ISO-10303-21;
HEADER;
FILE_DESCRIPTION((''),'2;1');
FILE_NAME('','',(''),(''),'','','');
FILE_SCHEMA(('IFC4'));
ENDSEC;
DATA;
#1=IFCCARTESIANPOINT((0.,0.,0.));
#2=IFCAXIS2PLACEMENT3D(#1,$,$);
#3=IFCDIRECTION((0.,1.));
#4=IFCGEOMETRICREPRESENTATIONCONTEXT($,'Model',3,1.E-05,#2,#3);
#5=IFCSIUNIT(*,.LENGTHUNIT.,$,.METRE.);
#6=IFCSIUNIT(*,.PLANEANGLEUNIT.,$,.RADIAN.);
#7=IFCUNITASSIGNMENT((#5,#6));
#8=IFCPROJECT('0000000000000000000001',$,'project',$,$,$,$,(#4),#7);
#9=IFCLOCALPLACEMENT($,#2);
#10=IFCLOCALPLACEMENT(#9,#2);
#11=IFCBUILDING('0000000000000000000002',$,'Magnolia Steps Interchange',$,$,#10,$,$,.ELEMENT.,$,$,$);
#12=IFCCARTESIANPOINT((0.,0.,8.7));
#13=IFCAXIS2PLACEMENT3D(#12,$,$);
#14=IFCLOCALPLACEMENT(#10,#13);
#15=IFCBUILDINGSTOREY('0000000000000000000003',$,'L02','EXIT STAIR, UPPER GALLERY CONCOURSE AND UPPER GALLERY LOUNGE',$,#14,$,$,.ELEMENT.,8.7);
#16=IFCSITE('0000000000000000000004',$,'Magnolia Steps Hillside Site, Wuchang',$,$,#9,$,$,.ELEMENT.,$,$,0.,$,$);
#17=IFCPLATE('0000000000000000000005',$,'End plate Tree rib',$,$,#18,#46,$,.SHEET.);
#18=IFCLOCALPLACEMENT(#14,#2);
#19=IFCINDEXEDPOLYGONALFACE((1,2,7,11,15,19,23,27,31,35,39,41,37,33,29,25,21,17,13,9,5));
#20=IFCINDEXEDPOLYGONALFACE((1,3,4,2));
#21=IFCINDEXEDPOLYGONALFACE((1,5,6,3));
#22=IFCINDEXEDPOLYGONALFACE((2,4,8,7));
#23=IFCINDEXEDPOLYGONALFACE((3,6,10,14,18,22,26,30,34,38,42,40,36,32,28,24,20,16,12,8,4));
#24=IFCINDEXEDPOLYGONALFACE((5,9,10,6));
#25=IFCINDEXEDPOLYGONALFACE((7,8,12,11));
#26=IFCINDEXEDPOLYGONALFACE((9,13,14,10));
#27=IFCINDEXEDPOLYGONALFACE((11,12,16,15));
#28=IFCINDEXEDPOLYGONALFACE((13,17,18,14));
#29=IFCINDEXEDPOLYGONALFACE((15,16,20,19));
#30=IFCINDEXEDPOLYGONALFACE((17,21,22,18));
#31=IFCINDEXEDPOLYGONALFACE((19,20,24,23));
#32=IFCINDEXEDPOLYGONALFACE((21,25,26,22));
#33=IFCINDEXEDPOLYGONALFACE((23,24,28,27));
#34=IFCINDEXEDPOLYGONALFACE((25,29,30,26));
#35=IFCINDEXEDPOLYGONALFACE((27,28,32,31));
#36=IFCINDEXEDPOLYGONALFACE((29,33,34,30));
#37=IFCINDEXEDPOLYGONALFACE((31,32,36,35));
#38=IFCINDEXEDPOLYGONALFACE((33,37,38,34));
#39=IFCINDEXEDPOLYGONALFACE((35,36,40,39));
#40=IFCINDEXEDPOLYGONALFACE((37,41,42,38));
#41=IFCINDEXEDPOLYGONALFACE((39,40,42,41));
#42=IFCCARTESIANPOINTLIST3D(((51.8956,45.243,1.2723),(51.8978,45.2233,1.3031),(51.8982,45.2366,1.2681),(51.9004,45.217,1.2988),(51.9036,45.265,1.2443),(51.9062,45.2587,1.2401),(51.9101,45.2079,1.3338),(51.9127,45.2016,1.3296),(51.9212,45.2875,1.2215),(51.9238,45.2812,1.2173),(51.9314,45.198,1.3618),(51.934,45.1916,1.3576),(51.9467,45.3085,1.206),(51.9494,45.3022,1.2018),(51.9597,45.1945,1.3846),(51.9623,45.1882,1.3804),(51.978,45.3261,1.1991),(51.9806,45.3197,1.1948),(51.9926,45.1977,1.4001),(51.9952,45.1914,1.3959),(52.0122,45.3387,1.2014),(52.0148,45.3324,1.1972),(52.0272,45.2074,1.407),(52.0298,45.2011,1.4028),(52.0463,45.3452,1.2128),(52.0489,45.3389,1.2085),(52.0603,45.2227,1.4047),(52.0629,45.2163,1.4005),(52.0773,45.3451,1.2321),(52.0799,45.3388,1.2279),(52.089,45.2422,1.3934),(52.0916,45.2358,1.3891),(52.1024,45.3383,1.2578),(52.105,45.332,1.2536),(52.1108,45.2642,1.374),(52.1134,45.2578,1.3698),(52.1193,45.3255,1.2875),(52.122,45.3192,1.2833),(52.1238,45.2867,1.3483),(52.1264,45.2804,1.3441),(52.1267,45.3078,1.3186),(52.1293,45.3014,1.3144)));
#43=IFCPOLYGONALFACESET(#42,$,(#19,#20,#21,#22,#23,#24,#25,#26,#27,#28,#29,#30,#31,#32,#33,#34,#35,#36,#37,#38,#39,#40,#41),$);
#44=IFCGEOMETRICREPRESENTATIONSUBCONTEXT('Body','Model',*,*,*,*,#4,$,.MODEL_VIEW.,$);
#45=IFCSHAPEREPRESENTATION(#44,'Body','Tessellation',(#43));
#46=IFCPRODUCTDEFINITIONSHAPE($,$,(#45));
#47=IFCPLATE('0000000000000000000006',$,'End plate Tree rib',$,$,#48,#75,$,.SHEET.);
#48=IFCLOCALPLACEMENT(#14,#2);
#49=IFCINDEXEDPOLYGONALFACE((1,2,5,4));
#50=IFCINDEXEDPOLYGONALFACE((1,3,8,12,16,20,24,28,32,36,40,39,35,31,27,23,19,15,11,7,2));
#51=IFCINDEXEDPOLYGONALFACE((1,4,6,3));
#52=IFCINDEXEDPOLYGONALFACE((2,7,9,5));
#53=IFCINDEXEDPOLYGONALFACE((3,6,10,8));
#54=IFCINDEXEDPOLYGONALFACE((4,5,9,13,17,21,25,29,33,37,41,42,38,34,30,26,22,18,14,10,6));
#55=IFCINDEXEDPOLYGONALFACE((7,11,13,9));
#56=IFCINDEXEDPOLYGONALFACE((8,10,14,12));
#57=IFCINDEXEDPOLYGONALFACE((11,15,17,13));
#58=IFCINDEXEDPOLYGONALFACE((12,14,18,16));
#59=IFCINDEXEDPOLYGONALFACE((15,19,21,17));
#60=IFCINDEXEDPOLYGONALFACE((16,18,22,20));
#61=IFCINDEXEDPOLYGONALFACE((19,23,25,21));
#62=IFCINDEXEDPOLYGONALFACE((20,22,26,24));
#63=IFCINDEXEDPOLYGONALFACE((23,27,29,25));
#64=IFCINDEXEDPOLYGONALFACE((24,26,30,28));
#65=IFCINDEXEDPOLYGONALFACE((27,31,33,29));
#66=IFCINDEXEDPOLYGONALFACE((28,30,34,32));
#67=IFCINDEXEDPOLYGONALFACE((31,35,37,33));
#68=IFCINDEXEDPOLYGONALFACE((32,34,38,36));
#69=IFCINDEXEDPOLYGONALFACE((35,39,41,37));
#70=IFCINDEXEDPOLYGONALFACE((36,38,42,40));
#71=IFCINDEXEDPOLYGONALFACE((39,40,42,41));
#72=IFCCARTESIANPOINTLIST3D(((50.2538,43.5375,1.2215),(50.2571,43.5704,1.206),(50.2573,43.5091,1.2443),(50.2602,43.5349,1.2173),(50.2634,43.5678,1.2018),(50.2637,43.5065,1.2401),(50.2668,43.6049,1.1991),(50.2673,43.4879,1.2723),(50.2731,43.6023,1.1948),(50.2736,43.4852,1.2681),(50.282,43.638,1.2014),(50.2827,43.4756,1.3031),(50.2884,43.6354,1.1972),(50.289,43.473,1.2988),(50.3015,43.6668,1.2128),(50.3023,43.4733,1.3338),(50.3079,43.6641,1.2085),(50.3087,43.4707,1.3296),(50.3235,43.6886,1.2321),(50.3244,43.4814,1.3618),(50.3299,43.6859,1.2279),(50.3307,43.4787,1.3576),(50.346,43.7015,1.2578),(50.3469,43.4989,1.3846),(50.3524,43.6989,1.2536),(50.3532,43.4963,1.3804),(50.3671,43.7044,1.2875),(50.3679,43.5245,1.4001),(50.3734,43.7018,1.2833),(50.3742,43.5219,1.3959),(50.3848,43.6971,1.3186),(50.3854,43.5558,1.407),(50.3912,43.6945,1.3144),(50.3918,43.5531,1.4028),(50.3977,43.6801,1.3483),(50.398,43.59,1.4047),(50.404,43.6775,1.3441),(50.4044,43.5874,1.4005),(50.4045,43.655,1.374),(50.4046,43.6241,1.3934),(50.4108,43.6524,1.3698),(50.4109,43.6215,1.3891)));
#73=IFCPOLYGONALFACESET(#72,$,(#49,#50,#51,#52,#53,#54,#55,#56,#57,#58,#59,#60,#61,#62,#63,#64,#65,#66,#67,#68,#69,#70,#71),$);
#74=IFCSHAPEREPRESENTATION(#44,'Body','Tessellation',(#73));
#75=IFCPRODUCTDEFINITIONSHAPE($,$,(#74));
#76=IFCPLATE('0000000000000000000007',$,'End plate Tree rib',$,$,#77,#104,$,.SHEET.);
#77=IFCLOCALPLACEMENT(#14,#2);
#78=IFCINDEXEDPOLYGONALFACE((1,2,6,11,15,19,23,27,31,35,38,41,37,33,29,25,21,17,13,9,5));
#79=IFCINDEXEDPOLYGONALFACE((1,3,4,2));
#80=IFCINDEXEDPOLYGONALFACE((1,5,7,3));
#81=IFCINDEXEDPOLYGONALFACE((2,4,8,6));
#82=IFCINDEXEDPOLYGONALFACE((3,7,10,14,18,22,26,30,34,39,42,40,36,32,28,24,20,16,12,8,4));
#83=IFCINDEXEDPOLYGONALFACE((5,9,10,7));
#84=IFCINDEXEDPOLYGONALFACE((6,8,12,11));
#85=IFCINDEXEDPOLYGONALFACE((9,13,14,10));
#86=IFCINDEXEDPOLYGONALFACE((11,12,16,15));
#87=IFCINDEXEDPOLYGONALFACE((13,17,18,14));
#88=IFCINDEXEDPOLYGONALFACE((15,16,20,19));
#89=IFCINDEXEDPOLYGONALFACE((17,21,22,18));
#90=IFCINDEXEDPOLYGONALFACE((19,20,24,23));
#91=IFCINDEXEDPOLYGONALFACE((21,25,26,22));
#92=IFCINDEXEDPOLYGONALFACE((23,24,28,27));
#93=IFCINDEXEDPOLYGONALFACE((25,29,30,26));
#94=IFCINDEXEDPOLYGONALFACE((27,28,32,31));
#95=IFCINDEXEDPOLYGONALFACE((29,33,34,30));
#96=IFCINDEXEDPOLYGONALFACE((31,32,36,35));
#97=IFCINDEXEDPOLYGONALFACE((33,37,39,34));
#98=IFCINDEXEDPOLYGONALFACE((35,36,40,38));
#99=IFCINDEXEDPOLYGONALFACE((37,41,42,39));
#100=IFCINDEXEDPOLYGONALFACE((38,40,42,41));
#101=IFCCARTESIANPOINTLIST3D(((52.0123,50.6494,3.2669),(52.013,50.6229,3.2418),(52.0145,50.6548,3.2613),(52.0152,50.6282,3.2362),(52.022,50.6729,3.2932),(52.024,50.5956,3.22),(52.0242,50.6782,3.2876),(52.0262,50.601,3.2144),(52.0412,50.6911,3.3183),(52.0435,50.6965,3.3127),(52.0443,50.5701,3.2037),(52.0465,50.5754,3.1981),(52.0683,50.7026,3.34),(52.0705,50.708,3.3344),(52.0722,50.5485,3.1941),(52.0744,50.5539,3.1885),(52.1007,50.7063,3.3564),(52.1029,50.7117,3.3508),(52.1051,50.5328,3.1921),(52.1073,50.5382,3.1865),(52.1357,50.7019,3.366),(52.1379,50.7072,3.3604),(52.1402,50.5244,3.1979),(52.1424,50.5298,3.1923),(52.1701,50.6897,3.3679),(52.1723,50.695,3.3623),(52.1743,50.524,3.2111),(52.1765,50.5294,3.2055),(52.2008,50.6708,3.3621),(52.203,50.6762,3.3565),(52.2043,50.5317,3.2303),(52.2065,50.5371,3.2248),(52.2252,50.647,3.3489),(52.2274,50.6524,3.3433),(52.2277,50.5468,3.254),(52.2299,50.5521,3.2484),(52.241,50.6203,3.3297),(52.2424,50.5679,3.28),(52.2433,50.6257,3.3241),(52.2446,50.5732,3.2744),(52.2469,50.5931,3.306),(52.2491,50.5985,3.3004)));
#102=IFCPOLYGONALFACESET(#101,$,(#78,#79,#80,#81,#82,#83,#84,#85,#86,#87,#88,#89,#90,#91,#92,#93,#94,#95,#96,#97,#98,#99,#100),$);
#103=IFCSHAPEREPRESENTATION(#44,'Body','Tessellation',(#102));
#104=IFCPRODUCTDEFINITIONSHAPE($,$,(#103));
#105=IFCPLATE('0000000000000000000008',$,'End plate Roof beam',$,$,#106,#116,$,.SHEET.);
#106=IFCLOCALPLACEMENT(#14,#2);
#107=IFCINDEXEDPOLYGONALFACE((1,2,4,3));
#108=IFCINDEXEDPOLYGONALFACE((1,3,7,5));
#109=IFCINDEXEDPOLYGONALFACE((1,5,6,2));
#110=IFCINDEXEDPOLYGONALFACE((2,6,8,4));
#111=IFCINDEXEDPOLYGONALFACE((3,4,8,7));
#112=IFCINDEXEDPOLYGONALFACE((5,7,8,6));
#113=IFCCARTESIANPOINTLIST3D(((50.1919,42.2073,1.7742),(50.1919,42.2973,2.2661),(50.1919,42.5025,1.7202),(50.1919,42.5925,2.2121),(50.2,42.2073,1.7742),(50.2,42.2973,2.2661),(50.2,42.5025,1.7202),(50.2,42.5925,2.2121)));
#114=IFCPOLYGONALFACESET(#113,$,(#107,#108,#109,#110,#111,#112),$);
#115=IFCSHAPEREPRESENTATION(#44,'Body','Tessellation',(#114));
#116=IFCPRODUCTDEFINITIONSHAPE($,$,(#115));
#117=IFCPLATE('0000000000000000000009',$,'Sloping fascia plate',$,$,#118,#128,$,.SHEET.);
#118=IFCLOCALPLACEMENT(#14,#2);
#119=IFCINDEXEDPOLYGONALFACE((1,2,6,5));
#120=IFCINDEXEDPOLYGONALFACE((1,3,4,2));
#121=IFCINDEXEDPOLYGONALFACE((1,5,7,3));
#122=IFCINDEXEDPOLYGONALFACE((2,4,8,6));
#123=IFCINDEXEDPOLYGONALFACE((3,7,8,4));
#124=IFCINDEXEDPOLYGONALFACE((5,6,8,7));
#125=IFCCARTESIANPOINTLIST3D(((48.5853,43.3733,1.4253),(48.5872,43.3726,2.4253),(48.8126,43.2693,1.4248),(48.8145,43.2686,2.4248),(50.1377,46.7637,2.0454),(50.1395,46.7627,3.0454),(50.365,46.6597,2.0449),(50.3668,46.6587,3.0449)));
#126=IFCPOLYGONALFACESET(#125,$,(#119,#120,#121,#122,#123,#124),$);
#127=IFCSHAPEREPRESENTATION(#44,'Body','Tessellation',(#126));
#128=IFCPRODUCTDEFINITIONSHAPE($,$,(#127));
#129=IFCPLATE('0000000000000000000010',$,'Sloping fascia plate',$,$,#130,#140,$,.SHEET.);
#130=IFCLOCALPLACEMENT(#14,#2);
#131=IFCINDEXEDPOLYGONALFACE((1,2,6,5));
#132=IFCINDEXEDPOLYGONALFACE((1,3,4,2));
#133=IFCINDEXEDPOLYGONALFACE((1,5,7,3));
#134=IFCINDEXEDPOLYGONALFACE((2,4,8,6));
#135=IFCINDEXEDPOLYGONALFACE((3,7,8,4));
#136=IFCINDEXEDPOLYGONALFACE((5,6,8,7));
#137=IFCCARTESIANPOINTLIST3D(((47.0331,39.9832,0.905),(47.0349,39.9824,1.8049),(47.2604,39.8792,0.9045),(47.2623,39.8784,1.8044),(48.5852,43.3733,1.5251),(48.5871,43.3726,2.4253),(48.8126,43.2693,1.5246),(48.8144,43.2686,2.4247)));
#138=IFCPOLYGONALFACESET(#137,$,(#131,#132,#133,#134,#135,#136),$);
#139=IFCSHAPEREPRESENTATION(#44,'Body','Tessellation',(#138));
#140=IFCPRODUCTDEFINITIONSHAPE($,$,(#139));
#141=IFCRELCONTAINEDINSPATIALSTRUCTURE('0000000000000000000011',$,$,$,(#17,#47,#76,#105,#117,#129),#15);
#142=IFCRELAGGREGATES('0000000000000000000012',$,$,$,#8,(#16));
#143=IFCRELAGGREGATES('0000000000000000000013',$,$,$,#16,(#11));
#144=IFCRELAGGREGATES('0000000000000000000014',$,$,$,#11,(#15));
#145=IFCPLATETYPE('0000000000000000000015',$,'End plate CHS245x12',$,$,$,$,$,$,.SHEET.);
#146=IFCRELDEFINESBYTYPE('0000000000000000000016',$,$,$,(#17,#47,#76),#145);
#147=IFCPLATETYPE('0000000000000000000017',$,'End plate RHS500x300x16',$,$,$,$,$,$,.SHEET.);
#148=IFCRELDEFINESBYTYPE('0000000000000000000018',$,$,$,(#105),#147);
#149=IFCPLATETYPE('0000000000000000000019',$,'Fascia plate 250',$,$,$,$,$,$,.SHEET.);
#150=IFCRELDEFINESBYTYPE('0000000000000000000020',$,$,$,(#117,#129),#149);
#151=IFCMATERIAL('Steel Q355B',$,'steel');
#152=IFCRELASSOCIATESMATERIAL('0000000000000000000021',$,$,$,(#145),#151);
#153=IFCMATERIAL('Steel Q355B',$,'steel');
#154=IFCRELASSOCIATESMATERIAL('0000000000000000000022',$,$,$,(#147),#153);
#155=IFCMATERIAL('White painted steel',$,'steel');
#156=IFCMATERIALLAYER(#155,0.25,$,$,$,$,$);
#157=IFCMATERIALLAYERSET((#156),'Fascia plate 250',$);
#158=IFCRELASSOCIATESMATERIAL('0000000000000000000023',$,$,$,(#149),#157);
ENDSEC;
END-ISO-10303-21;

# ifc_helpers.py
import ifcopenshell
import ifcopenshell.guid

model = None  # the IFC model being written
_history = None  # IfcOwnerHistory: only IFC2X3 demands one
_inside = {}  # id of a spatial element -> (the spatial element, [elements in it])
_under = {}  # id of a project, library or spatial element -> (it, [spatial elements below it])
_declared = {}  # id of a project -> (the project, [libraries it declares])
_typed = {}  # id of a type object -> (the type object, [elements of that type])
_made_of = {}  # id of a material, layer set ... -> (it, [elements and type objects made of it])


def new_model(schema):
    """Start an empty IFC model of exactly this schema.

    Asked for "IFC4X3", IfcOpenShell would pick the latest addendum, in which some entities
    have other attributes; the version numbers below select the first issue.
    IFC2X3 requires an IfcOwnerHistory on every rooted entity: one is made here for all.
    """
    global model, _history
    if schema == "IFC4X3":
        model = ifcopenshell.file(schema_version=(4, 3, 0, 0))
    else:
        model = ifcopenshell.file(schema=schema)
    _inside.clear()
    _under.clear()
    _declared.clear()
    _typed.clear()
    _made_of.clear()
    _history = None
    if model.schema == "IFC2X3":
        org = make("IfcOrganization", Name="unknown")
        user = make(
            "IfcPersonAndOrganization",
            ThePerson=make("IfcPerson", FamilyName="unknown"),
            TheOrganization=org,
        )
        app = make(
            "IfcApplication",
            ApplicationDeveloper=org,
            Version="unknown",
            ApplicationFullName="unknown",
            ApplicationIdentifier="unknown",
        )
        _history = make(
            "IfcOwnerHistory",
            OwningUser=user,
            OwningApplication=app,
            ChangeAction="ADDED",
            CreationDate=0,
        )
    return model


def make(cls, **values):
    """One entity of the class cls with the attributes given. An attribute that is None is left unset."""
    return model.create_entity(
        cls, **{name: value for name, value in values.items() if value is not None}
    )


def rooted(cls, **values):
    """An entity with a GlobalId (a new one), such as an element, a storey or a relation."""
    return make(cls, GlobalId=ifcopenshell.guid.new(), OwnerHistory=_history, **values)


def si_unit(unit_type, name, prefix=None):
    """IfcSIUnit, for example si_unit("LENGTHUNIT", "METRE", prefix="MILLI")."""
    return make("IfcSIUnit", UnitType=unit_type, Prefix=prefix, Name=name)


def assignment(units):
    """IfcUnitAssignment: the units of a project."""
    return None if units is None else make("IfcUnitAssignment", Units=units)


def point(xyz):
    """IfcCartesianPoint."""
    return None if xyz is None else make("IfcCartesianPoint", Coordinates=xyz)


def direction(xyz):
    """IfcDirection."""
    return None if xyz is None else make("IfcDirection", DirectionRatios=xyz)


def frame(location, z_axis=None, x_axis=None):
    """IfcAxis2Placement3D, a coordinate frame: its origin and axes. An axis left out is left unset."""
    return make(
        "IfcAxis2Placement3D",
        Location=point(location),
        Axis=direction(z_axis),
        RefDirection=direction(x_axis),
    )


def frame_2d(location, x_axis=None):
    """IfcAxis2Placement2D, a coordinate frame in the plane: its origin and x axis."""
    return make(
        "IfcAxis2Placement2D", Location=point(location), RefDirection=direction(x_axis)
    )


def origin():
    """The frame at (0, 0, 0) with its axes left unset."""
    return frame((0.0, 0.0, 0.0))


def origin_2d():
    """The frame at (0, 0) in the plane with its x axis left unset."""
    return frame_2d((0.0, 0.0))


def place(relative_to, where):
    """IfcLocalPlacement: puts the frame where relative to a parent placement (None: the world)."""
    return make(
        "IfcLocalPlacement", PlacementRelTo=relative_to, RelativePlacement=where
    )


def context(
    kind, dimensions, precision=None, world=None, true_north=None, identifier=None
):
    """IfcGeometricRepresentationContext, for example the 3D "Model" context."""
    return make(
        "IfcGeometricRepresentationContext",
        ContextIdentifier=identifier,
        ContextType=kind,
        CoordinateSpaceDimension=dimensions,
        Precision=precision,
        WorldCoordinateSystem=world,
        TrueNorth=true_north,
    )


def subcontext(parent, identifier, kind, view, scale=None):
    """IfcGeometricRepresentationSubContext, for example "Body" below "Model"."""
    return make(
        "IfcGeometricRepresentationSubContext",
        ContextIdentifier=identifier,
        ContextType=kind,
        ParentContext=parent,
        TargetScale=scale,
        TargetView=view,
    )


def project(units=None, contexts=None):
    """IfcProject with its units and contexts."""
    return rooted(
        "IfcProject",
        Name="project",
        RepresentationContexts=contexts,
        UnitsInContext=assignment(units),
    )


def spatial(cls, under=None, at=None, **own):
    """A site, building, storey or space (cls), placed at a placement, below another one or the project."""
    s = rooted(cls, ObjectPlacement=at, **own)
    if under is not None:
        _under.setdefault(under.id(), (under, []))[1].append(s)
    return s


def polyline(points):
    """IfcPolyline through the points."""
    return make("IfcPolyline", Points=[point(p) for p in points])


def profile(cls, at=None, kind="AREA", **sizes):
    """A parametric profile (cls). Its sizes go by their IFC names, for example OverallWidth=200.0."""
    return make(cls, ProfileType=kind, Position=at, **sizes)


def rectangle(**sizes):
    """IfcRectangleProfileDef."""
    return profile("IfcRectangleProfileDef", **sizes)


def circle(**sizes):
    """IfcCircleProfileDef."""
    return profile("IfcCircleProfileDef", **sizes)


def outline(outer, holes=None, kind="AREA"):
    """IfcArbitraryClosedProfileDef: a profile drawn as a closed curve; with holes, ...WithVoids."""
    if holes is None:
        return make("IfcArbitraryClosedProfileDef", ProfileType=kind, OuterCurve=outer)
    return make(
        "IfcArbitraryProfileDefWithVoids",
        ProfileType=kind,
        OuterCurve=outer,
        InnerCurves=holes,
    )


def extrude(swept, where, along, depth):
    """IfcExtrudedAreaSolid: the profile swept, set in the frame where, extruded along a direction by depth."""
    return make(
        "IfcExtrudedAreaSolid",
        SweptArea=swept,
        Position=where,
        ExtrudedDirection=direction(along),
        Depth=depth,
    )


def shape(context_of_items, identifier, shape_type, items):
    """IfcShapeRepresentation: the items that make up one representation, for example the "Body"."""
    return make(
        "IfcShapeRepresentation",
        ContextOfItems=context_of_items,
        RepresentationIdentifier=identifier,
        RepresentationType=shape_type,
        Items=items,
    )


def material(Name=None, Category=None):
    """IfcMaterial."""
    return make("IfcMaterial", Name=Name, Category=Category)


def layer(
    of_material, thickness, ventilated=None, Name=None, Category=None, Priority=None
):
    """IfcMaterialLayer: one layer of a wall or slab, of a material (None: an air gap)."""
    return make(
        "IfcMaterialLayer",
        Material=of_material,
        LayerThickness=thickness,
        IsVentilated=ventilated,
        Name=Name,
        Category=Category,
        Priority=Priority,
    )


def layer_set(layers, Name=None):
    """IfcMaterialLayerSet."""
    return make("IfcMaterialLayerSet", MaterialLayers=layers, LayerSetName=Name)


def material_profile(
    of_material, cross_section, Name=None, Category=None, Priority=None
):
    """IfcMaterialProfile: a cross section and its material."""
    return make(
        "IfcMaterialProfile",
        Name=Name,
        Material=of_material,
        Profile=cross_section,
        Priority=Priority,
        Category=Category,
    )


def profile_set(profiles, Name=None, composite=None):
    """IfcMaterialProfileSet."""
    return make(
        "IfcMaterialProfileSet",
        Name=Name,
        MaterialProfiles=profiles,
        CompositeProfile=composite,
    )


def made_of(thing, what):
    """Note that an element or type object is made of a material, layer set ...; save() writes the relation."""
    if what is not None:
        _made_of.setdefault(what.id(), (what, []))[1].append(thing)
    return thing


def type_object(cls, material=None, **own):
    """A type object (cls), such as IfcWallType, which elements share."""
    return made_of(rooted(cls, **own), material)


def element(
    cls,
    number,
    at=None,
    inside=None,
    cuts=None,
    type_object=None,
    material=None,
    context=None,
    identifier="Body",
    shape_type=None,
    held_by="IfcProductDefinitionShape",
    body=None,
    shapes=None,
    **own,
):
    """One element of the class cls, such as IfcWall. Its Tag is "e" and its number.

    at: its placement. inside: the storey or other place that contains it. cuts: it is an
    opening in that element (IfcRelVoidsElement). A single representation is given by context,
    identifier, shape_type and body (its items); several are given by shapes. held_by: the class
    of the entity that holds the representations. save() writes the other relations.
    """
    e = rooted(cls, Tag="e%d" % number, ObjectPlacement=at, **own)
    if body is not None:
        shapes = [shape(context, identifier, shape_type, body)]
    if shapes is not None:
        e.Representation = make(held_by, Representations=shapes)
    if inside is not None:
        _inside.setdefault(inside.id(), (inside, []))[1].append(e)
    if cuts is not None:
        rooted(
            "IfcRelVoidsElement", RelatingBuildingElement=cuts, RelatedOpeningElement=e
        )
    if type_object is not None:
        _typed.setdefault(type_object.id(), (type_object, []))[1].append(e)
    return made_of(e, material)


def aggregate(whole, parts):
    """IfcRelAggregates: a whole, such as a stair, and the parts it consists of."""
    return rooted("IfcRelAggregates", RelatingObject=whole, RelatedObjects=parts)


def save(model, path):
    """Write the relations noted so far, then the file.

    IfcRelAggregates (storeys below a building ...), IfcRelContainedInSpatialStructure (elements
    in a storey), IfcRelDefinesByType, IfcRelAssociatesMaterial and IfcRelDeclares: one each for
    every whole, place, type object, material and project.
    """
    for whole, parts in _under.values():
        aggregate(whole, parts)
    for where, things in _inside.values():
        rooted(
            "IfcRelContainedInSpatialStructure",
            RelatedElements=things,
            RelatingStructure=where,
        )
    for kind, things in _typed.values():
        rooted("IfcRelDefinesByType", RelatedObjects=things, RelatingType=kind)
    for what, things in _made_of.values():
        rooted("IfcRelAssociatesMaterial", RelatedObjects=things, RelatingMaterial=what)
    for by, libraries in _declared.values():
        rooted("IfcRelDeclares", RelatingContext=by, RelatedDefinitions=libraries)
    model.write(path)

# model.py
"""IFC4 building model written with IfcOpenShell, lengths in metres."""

from ifc_helpers import new_model, si_unit, direction, frame, origin, origin_2d, place, context, subcontext, project, spatial, polyline, rectangle, circle, outline, extrude, material, layer, layer_set, material_profile, profile_set, type_object, element, save


model = new_model("IFC4")

# Units and contexts
model_context = context("Model", 3, precision=1e-05, world=origin(), true_north=direction((0.0, 1.0)))
body_context = subcontext(model_context, "Body", "Model", "MODEL_VIEW")
ifc_project = project(units=[si_unit("LENGTHUNIT", "METRE"), si_unit("PLANEANGLEUNIT", "RADIAN")], contexts=[model_context])

# Site, building, storey
site_placement = place(None, origin())
site = spatial("IfcSite", under=ifc_project, at=site_placement, Name="Magnolia Steps Hillside Site, Wuchang", CompositionType="ELEMENT", RefElevation=0.0)
building_placement = place(site_placement, origin())
building = spatial("IfcBuilding", under=site, at=building_placement, Name="Magnolia Steps Interchange", CompositionType="ELEMENT")
storey_placement = place(building_placement, frame((0.0, 0.0, 8.7)))
storey = spatial("IfcBuildingStorey", under=building, at=storey_placement, Name="L02", Description="EXIT STAIR, UPPER GALLERY CONCOURSE AND UPPER GALLERY LOUNGE", CompositionType="ELEMENT", Elevation=8.7)

# Plates
ifc_material_1 = material(Name="Steel Q355B", Category="steel")
ifc_material_profile_1 = material_profile(ifc_material_1, circle(Radius=0.1226, at=origin_2d()), Name="End plate CHS245x12")
ifc_profile_set_1 = profile_set([ifc_material_profile_1], Name="Steel Q355B")
plate_type_1 = type_object("IfcPlateType", Name="End plate CHS245x12", PredefinedType="SHEET", material=ifc_profile_set_1)
for number, where, z_axis, x_axis, name in (
    (1, (52.0137, 45.2639, 1.2988), (-0.325598, 0.786063, 0.525444), (-0.92388, -0.382683, 0.0), "End plate Tree rib"),
    (2, (50.3359, 43.5862, 1.2988), (-0.786063, 0.325598, 0.525444), (-0.382683, -0.92388, 0.0), "End plate Tree rib"),
    (3, (52.1313, 50.6201, 3.2744), (-0.275279, -0.664583, 0.694658), (0.92388, -0.382683, 0.0), "End plate Tree rib"),
):
    element("IfcPlate", number, at=place(storey_placement, frame(where, z_axis=z_axis, x_axis=x_axis)), inside=storey, type_object=plate_type_1, Name=name, PredefinedType="SHEET", context=body_context, shape_type="SweptSolid", body=[
        extrude(circle(Radius=0.1226, at=origin_2d()), origin(), (0.0, 0.0, 1.0), 0.0081),
    ])
ifc_material_2 = material(Name="Steel Q355B", Category="steel")
ifc_material_profile_2 = material_profile(ifc_material_2, rectangle(XDim=0.3, YDim=0.5, at=origin_2d()), Name="End plate RHS500x300x16")
ifc_profile_set_2 = profile_set([ifc_material_profile_2], Name="Steel Q355B")
plate_type_2 = type_object("IfcPlateType", Name="End plate RHS500x300x16", PredefinedType="SHEET", material=ifc_profile_set_2)
plate_1_placement = place(storey_placement, frame((50.2, 42.3999, 1.9932), z_axis=(-1.0, 0.0, 0.0), x_axis=(0.0, -0.983677, 0.179941)))
element("IfcPlate", 4, at=plate_1_placement, inside=storey, type_object=plate_type_2, Name="End plate Roof beam", PredefinedType="SHEET", context=body_context, shape_type="SweptSolid", body=[
    extrude(rectangle(XDim=0.3, YDim=0.5, at=origin_2d()), origin(), (0.0, 0.0, 1.0), 0.0081),
])
ifc_material_3 = material(Name="White painted steel", Category="steel")
ifc_layer_1 = layer(ifc_material_3, 0.25)
ifc_layer_set_1 = layer_set([ifc_layer_1], Name="Fascia plate 250")
plate_type_3 = type_object("IfcPlateType", Name="Fascia plate 250", PredefinedType="SHEET", material=ifc_layer_set_1)
plate_2_placement = place(storey_placement, frame((50.1377, 46.7637, 2.0454), z_axis=(-0.909355, 0.416016, 0.002021), x_axis=(-0.410682, -0.8969, -0.164046)))
element("IfcPlate", 5, at=plate_2_placement, inside=storey, type_object=plate_type_3, Name="Sloping fascia plate", PredefinedType="SHEET", context=body_context, shape_type="SweptSolid", body=[
    extrude(outline(polyline([(0.0, 0.0), (3.7801, 0.0), (3.6159, 0.9864), (-0.1639, 0.9865), (0.0, 0.0)])), origin(), (0.0, 0.0, -1.0), 0.25),
])
plate_3_placement = place(storey_placement, frame((48.5852, 43.3733, 1.5251), z_axis=(-0.909386, 0.415948, 0.002189), x_axis=(-0.41064, -0.896916, -0.164064)))
element("IfcPlate", 6, at=plate_3_placement, inside=storey, type_object=plate_type_3, Name="Sloping fascia plate", PredefinedType="SHEET", context=body_context, shape_type="SweptSolid", body=[
    extrude(outline(polyline([(0.0, 0.0), (3.7797, 0.0), (3.632, 0.8877), (-0.1478, 0.8879), (0.0, 0.0)])), origin(), (0.0, 0.0, -1.0), 0.25),
])

save(model, "model.ifc")
